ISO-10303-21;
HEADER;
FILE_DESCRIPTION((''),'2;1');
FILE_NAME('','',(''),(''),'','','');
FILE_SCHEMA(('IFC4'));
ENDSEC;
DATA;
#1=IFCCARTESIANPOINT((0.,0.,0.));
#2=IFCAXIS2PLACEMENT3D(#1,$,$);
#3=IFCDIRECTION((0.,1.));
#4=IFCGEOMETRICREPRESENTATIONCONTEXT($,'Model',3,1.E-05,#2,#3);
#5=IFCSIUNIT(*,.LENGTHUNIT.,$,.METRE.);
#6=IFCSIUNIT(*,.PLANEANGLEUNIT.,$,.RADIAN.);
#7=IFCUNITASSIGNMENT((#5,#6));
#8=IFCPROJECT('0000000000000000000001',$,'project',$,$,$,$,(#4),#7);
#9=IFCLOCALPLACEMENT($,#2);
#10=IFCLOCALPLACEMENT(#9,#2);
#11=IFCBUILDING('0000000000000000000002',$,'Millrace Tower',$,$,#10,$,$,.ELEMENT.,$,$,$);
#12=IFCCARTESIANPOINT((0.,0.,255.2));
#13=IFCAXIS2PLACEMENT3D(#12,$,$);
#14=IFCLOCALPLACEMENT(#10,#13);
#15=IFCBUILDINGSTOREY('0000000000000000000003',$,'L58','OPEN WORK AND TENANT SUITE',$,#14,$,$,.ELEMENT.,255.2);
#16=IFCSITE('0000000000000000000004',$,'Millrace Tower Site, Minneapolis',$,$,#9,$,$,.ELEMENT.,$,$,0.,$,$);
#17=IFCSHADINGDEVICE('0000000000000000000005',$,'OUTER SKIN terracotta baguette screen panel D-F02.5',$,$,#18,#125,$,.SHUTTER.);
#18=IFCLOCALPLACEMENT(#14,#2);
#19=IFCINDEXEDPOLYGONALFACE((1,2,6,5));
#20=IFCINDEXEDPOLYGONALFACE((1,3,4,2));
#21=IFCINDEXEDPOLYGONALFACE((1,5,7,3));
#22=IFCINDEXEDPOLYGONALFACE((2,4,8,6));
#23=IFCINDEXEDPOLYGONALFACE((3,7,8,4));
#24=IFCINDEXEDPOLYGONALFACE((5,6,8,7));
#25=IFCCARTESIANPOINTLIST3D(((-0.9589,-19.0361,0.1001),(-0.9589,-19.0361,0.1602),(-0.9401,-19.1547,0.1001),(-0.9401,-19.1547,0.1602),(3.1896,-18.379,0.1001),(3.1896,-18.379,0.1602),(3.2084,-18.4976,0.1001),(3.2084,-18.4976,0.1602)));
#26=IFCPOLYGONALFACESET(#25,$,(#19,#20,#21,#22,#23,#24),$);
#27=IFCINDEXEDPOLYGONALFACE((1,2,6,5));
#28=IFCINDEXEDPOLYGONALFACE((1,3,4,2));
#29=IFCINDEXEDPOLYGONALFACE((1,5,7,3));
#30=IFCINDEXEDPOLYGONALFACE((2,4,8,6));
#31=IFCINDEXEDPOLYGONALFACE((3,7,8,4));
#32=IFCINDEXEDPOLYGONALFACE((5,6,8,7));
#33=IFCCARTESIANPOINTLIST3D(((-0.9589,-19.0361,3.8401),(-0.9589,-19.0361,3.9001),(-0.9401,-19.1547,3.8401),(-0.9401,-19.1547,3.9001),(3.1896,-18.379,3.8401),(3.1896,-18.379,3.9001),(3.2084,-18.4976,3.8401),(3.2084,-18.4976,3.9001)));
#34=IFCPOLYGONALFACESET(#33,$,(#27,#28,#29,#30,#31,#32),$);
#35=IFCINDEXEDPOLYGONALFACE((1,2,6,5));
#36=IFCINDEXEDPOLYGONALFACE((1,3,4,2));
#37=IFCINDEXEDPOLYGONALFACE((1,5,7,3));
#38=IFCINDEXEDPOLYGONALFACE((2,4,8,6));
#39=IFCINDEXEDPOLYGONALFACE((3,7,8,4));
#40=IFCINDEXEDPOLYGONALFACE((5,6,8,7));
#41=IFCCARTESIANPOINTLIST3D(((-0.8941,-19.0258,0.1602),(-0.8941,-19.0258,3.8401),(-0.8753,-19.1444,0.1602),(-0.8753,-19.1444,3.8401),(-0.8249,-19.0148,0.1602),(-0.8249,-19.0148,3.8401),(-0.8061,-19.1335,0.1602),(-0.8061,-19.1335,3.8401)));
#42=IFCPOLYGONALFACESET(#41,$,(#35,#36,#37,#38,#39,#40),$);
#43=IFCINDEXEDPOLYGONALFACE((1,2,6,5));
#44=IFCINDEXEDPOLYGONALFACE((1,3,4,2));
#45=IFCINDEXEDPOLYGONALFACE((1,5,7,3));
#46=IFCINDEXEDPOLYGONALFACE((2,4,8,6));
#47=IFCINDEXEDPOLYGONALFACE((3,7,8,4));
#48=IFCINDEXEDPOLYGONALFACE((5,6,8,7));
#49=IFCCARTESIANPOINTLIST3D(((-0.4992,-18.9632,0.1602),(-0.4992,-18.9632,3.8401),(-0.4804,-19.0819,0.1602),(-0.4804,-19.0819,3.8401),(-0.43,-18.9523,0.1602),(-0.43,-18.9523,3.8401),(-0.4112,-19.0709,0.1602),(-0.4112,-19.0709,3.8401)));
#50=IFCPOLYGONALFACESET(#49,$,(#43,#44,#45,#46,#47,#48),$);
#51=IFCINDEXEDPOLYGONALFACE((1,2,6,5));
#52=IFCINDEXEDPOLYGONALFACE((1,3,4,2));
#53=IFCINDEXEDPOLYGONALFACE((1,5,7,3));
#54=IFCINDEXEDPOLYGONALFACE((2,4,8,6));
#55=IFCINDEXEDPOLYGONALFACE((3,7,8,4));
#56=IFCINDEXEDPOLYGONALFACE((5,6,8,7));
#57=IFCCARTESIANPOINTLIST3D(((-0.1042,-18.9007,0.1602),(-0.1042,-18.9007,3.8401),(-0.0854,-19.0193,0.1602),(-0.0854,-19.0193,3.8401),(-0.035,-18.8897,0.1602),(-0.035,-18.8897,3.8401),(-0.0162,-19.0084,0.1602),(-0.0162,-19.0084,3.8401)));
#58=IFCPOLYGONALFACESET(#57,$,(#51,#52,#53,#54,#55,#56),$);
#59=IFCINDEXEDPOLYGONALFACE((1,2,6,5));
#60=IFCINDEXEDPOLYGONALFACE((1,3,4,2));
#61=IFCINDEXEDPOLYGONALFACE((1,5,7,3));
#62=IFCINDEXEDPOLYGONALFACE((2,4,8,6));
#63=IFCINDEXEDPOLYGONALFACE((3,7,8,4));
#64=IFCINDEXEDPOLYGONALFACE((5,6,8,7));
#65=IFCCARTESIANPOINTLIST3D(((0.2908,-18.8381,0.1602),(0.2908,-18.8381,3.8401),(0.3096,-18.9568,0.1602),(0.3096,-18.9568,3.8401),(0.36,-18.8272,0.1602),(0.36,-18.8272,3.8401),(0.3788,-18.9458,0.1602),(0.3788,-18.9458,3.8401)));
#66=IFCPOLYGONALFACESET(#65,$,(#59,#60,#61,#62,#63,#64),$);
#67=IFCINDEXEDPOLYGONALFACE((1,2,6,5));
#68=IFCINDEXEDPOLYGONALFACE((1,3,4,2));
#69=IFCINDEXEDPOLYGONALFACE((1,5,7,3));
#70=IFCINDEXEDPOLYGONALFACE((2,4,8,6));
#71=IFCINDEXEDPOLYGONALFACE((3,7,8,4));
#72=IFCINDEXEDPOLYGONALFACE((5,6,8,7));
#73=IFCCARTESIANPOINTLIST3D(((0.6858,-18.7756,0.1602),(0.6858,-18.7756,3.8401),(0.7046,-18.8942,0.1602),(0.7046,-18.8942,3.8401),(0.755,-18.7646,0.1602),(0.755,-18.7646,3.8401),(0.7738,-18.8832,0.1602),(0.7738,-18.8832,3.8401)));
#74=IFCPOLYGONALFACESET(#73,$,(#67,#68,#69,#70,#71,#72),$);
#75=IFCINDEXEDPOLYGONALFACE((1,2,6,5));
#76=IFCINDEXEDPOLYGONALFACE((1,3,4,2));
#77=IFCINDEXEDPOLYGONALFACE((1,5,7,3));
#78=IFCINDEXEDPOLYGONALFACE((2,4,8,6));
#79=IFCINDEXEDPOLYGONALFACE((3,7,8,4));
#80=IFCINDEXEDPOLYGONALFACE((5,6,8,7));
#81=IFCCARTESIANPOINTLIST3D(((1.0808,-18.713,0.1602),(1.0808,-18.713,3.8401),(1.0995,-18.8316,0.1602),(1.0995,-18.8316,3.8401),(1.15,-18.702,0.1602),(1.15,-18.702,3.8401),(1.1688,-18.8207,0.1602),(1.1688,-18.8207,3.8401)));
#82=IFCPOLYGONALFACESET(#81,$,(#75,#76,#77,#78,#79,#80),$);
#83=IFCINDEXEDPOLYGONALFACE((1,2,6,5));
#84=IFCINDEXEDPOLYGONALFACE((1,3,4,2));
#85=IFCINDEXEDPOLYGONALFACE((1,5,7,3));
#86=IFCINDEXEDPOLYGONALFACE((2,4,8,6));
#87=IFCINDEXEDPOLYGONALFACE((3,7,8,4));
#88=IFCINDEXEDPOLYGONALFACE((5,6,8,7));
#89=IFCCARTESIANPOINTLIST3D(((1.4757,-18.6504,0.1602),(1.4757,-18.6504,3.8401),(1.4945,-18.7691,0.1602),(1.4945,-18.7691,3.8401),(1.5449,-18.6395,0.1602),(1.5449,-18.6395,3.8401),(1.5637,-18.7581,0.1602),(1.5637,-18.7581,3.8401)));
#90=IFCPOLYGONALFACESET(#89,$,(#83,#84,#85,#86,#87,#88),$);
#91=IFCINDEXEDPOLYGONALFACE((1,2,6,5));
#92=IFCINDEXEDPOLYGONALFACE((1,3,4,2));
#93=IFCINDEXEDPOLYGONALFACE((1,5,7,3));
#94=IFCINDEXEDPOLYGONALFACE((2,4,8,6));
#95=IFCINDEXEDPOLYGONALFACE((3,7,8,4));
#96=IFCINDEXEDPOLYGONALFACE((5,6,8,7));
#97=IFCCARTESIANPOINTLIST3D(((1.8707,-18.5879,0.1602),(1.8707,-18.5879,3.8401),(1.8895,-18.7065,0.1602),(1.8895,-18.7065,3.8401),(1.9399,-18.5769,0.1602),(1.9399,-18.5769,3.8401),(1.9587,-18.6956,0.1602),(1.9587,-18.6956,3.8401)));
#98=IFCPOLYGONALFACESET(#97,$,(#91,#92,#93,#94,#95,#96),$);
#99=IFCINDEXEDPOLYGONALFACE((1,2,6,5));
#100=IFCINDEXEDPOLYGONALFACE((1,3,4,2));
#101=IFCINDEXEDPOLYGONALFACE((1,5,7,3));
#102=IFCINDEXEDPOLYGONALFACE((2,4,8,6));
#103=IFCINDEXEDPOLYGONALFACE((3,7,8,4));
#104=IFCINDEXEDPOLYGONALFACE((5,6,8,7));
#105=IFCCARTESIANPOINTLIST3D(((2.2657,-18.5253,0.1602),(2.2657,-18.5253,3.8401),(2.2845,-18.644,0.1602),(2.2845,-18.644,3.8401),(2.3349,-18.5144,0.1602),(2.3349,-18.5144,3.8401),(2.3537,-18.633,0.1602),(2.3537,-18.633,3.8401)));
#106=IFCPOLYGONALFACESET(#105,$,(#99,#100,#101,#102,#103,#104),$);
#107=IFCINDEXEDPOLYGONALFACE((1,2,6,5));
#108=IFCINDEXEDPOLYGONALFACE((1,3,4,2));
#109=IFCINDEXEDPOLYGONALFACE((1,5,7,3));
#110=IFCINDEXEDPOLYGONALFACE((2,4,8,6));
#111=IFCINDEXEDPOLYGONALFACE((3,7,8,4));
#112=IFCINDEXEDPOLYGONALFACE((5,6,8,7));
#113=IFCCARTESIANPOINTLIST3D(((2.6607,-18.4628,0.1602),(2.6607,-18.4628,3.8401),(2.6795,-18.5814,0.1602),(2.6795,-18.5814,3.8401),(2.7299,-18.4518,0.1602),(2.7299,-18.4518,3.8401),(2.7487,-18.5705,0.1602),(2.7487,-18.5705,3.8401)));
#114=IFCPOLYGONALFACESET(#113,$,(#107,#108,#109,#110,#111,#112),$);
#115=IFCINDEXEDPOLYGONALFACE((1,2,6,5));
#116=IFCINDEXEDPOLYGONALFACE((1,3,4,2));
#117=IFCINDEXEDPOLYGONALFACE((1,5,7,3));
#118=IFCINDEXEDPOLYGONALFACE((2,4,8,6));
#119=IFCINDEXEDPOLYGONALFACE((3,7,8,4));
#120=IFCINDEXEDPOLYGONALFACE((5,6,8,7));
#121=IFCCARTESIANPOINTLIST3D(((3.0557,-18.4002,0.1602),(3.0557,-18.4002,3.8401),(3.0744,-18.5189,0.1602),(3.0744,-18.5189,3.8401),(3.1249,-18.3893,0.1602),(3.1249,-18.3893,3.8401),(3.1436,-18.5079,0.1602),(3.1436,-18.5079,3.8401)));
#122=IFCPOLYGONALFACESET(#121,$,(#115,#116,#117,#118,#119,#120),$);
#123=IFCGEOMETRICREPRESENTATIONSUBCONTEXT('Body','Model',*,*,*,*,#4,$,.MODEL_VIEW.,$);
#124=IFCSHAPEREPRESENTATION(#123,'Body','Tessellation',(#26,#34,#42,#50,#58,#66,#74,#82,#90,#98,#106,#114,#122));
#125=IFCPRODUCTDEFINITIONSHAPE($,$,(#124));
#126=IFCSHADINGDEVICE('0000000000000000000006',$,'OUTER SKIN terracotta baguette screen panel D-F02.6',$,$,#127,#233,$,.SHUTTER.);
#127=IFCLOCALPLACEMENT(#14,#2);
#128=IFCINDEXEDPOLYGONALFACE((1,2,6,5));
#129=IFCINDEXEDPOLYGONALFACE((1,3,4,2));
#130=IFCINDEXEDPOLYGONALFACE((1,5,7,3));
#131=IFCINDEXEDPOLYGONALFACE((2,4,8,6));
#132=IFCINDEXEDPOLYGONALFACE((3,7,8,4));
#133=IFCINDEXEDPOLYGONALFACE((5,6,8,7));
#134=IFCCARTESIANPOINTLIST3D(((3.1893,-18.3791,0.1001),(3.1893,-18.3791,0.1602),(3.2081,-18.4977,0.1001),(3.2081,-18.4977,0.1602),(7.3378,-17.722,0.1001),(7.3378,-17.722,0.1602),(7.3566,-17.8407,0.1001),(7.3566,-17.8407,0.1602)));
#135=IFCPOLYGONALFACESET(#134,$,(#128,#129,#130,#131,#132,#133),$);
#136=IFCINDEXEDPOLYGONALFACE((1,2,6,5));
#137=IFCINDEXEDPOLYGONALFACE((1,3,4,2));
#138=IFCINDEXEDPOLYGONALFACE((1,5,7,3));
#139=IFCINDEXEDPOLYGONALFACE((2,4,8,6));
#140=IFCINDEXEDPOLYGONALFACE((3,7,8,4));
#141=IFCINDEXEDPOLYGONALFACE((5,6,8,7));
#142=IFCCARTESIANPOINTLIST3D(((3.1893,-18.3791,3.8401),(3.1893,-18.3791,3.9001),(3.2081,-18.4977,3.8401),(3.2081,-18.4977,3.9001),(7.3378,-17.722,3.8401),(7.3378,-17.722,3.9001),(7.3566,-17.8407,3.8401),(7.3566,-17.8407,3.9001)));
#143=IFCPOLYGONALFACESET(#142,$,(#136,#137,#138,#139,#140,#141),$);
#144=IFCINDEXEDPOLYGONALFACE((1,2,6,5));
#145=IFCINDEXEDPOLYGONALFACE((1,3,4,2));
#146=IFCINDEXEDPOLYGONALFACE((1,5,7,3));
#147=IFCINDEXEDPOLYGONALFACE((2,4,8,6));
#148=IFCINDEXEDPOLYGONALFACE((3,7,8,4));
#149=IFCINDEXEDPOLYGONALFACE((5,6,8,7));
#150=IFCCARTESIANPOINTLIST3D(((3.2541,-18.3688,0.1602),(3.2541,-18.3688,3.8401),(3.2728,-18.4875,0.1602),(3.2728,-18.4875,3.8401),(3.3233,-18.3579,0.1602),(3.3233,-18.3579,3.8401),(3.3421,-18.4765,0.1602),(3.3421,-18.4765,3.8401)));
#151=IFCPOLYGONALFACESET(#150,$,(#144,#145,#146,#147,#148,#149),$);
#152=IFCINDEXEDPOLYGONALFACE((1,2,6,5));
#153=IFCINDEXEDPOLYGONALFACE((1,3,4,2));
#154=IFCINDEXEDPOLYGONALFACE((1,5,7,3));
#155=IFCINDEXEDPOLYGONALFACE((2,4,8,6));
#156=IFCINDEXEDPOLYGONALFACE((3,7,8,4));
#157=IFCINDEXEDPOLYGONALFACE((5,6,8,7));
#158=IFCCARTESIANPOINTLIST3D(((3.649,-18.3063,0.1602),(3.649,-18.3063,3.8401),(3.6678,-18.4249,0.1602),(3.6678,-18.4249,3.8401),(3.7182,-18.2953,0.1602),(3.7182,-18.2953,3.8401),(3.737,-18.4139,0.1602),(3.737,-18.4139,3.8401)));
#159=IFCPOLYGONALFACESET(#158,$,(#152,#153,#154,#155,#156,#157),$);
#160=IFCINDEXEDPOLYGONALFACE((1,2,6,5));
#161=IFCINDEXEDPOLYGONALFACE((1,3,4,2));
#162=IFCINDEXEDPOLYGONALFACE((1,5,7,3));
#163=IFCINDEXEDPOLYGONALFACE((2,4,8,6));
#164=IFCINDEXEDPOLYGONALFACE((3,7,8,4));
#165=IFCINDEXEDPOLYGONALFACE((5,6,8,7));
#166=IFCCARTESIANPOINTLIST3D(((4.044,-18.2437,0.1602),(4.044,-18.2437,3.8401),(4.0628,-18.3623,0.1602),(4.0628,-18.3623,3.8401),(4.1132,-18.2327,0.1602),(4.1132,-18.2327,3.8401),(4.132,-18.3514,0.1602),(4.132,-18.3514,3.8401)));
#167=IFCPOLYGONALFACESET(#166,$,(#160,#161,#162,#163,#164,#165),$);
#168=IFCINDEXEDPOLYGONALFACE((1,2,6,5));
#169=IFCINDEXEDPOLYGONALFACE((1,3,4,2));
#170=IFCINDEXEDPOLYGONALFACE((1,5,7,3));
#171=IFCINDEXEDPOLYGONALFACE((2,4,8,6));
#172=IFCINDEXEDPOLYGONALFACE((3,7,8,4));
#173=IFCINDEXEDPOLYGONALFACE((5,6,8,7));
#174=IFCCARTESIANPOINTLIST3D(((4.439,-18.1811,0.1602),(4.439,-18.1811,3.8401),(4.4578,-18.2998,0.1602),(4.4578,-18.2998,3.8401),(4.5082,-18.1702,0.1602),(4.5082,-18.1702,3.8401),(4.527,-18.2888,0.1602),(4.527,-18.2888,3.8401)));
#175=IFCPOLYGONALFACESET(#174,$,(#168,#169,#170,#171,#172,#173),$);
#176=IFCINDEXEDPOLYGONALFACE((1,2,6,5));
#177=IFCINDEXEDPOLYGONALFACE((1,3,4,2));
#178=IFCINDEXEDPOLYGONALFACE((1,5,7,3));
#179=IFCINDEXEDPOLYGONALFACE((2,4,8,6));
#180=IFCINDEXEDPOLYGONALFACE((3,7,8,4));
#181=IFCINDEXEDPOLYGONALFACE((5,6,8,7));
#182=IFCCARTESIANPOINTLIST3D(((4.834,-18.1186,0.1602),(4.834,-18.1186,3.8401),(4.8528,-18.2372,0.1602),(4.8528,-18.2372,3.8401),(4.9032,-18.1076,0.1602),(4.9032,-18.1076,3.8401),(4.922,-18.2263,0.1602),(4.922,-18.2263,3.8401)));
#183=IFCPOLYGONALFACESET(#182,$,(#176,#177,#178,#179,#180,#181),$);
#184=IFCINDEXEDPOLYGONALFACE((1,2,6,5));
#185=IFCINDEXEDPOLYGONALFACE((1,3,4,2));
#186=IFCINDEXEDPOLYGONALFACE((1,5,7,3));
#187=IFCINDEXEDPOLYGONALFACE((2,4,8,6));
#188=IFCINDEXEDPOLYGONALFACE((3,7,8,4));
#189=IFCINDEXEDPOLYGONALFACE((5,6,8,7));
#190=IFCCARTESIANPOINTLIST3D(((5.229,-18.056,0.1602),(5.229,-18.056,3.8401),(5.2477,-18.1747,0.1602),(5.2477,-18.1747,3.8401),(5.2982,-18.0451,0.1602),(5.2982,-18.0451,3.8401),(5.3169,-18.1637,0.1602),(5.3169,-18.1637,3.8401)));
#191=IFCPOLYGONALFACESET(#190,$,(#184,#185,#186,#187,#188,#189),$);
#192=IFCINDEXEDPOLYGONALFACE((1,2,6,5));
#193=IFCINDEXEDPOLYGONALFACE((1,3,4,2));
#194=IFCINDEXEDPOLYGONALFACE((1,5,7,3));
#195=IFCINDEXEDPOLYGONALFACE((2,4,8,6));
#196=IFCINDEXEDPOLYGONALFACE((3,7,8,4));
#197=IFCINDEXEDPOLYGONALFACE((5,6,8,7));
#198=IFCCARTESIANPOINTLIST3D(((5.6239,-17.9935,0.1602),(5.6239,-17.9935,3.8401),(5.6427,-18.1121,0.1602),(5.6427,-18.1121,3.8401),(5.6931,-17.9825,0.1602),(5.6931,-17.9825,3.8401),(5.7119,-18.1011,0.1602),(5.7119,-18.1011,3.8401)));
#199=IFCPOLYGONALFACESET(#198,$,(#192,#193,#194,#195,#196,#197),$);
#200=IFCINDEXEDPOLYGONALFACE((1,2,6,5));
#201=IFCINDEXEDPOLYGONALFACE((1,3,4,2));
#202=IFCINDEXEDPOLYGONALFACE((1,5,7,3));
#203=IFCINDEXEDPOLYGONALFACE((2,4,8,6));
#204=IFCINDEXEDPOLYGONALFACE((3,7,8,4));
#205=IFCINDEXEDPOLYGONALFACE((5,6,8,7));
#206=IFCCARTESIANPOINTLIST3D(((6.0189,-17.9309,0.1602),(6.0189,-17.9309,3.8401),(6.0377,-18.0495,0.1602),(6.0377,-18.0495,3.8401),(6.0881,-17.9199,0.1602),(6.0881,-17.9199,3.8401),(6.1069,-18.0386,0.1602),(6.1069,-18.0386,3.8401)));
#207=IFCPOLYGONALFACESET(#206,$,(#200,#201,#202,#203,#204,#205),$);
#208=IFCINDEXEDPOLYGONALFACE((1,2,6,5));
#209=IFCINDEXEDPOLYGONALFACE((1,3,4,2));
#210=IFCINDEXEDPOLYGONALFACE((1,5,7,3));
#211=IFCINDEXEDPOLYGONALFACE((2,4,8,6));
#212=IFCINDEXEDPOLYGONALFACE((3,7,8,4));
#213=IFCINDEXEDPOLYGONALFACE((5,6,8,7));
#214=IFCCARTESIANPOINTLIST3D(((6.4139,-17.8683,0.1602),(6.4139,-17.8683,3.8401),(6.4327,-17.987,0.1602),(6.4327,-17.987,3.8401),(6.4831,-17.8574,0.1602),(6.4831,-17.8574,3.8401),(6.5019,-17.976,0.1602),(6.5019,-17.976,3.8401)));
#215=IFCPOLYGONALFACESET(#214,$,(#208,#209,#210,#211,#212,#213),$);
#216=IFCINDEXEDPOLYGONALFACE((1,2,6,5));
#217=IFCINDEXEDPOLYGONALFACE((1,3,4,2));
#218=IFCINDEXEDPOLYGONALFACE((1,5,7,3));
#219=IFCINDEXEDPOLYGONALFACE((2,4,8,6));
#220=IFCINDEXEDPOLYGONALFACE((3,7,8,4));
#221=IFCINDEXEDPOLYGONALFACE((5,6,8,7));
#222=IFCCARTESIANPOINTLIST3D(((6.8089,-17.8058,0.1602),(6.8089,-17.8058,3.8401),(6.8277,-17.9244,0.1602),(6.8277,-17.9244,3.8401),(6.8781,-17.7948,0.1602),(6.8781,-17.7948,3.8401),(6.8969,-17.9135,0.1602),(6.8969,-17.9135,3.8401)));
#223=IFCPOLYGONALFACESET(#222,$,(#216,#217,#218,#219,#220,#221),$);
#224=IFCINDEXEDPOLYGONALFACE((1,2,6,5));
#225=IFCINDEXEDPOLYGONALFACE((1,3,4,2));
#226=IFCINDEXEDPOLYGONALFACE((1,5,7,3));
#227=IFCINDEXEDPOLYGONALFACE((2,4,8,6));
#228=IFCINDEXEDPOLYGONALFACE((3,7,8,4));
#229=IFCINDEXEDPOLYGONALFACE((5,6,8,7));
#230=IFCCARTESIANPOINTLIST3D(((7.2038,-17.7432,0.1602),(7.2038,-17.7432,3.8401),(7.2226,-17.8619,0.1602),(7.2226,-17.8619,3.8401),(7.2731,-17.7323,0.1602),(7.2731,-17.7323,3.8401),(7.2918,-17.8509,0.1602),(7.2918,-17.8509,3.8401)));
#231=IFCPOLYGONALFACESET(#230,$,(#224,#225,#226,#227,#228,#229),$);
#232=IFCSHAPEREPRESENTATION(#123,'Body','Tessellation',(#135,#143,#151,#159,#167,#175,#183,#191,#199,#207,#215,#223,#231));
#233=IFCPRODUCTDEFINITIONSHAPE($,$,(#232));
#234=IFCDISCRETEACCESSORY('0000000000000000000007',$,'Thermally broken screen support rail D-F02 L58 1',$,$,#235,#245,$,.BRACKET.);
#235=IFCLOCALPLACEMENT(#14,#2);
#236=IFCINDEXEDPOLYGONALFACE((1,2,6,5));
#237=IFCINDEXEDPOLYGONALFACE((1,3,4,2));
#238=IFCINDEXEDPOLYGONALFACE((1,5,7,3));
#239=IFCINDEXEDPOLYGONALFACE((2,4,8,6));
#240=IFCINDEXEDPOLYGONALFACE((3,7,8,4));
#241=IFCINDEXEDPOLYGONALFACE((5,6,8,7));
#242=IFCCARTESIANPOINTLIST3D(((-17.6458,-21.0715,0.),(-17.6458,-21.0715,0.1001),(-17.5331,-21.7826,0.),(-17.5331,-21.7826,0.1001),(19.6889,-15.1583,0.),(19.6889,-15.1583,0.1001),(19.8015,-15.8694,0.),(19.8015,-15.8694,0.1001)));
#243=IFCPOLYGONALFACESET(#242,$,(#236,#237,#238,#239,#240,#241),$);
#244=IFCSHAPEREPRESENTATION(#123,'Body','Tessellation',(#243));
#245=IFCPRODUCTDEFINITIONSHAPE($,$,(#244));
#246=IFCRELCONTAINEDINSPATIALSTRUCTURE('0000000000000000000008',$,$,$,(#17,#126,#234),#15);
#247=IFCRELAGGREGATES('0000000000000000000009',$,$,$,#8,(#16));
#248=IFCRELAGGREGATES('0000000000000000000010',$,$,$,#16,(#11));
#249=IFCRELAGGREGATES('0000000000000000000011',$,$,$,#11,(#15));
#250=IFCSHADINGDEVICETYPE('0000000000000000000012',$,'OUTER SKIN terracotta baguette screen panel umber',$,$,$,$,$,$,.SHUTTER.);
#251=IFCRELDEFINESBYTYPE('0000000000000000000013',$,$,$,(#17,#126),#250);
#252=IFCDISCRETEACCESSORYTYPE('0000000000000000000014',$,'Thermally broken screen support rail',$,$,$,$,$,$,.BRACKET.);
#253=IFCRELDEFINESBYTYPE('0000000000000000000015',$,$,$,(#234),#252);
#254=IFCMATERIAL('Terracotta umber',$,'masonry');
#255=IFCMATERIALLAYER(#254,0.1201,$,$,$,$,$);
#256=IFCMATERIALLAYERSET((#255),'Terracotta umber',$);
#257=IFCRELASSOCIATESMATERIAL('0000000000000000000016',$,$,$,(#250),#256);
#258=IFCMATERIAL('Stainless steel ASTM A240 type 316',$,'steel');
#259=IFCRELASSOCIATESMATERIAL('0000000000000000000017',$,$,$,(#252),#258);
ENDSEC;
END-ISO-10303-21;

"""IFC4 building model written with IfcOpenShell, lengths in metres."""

from ifc_helpers import new_model, entity, si_unit, direction, frame, frame_2d, origin, origin_2d, place, context, subcontext, project, spatial, rectangle, extrude, source, transform, mapped, material, layer, layer_set, type_object, element, save


model = new_model("IFC4")

# Units and contexts
model_context = context("Model", 3, precision=1e-05, world=origin(), true_north=direction((0.0, 1.0)))
body_context = subcontext(model_context, "Body", "Model", "MODEL_VIEW")
ifc_project = project(units=[si_unit("LENGTHUNIT", "METRE"), si_unit("PLANEANGLEUNIT", "RADIAN")], contexts=[model_context])

# Site, building, storey
site_placement = place(None, origin())
site = spatial("IfcSite", under=ifc_project, at=site_placement, Name="Millrace Tower Site, Minneapolis", CompositionType="ELEMENT", RefElevation=0.0)
building_placement = place(site_placement, origin())
building = spatial("IfcBuilding", under=site, at=building_placement, Name="Millrace Tower", CompositionType="ELEMENT")
storey_placement = place(building_placement, frame((0.0, 0.0, 255.2)))
storey = spatial("IfcBuildingStorey", under=building, at=storey_placement, Name="L58", Description="OPEN WORK AND TENANT SUITE", CompositionType="ELEMENT", Elevation=255.2)

# Shading devices
ifc_material_1 = material(Name="Terracotta umber", Category="masonry")
ifc_layer_1 = layer(ifc_material_1, 0.1201)
ifc_layer_set_1 = layer_set([ifc_layer_1], Name="Terracotta umber")
shading_device_type = type_object("IfcShadingDeviceType", Name="OUTER SKIN terracotta baguette screen panel umber", PredefinedType="SHUTTER", material=ifc_layer_set_1)
cartesian_point = entity("IfcCartesianPoint", [-2.1001, 0.0601])
shared_polyline = entity("IfcPolyline", [cartesian_point, entity("IfcCartesianPoint", [2.1001, 0.0601]), entity("IfcCartesianPoint", [2.1001, -0.0601]), entity("IfcCartesianPoint", [-2.1001, -0.0601]), cartesian_point])
shared_shape = source(origin(), body_context, "Body", "SweptSolid", [
    entity("IfcExtrudedAreaSolid", entity("IfcArbitraryClosedProfileDef", "AREA", None, shared_polyline), entity("IfcAxis2Placement3D", entity("IfcCartesianPoint", [0.0, 0.0, 0.0])), entity("IfcDirection", [0.0, 0.0, 1.0]), 0.0601),
    entity("IfcExtrudedAreaSolid", entity("IfcArbitraryClosedProfileDef", "AREA", None, shared_polyline), entity("IfcAxis2Placement3D", entity("IfcCartesianPoint", [0.0, 0.0, 3.74])), entity("IfcDirection", [0.0, 0.0, 1.0]), 0.0601),
    extrude(rectangle(XDim=0.0701, YDim=0.1201, at=frame_2d((-1.9995, 0.0))), frame((0.0, 0.0, 0.0601)), (0.0, 0.0, 1.0), 3.6799),
    extrude(rectangle(XDim=0.0701, YDim=0.1201, at=frame_2d((-1.5996, 0.0))), frame((0.0, 0.0, 0.0601)), (0.0, 0.0, 1.0), 3.6799),
    extrude(rectangle(XDim=0.0701, YDim=0.1201, at=frame_2d((-1.1997, 0.0))), frame((0.0, 0.0, 0.0601)), (0.0, 0.0, 1.0), 3.6799),
    extrude(rectangle(XDim=0.0701, YDim=0.1201, at=frame_2d((-0.7998, 0.0))), frame((0.0, 0.0, 0.0601)), (0.0, 0.0, 1.0), 3.6799),
    extrude(rectangle(XDim=0.0701, YDim=0.1201, at=frame_2d((-0.3999, 0.0))), frame((0.0, 0.0, 0.0601)), (0.0, 0.0, 1.0), 3.6799),
    extrude(rectangle(XDim=0.0701, YDim=0.1201, at=origin_2d()), frame((0.0, 0.0, 0.0601)), (0.0, 0.0, 1.0), 3.6799),
    extrude(rectangle(XDim=0.0701, YDim=0.1201, at=frame_2d((0.3999, 0.0))), frame((0.0, 0.0, 0.0601)), (0.0, 0.0, 1.0), 3.6799),
    extrude(rectangle(XDim=0.0701, YDim=0.1201, at=frame_2d((0.7998, 0.0))), frame((0.0, 0.0, 0.0601)), (0.0, 0.0, 1.0), 3.6799),
    extrude(rectangle(XDim=0.0701, YDim=0.1201, at=frame_2d((1.1997, 0.0))), frame((0.0, 0.0, 0.0601)), (0.0, 0.0, 1.0), 3.6799),
    extrude(rectangle(XDim=0.0701, YDim=0.1201, at=frame_2d((1.5996, 0.0))), frame((0.0, 0.0, 0.0601)), (0.0, 0.0, 1.0), 3.6799),
    extrude(rectangle(XDim=0.0701, YDim=0.1201, at=frame_2d((1.9995, 0.0))), frame((0.0, 0.0, 0.0601)), (0.0, 0.0, 1.0), 3.6799),
])
for number, where, z_axis, x_axis, name in (
    (1, (1.1248, -18.7668, 0.1001), (0.0, 0.0, 1.0), (0.987688, 0.156434, 0.0), "OUTER SKIN terracotta baguette screen panel D-F02.5"),
    (2, (5.2729, -18.1099, 0.1001), (0.0, 0.0, 1.0), (0.987688, 0.156434, 0.0), "OUTER SKIN terracotta baguette screen panel D-F02.6"),
):
    element("IfcShadingDevice", number, at=place(storey_placement, frame(where, z_axis=z_axis, x_axis=x_axis)), inside=storey, type_object=shading_device_type, Name=name, PredefinedType="SHUTTER", context=body_context, shape_type="MappedRepresentation", body=[
        mapped(shared_shape, transform((0.0, 0.0, 0.0), scale=1.0)),
    ])

# Discrete accessory
ifc_material_2 = material(Name="Stainless steel ASTM A240 type 316", Category="steel")
discrete_accessory_type = type_object("IfcDiscreteAccessoryType", Name="Thermally broken screen support rail", PredefinedType="BRACKET", material=ifc_material_2)
discrete_accessory_placement = place(storey_placement, frame((1.0779, -18.4705, 0.0), z_axis=(0.0, 0.0, 1.0), x_axis=(0.987688, 0.156434, 0.0)))
element("IfcDiscreteAccessory", 3, at=discrete_accessory_placement, inside=storey, type_object=discrete_accessory_type, Name="Thermally broken screen support rail D-F02 L58 1", PredefinedType="BRACKET", context=body_context, shape_type="SweptSolid", body=[
    extrude(rectangle(XDim=37.8, YDim=0.72, at=origin_2d()), origin(), (0.0, 0.0, 1.0), 0.1001),
])

save(model, "model.ifc")
